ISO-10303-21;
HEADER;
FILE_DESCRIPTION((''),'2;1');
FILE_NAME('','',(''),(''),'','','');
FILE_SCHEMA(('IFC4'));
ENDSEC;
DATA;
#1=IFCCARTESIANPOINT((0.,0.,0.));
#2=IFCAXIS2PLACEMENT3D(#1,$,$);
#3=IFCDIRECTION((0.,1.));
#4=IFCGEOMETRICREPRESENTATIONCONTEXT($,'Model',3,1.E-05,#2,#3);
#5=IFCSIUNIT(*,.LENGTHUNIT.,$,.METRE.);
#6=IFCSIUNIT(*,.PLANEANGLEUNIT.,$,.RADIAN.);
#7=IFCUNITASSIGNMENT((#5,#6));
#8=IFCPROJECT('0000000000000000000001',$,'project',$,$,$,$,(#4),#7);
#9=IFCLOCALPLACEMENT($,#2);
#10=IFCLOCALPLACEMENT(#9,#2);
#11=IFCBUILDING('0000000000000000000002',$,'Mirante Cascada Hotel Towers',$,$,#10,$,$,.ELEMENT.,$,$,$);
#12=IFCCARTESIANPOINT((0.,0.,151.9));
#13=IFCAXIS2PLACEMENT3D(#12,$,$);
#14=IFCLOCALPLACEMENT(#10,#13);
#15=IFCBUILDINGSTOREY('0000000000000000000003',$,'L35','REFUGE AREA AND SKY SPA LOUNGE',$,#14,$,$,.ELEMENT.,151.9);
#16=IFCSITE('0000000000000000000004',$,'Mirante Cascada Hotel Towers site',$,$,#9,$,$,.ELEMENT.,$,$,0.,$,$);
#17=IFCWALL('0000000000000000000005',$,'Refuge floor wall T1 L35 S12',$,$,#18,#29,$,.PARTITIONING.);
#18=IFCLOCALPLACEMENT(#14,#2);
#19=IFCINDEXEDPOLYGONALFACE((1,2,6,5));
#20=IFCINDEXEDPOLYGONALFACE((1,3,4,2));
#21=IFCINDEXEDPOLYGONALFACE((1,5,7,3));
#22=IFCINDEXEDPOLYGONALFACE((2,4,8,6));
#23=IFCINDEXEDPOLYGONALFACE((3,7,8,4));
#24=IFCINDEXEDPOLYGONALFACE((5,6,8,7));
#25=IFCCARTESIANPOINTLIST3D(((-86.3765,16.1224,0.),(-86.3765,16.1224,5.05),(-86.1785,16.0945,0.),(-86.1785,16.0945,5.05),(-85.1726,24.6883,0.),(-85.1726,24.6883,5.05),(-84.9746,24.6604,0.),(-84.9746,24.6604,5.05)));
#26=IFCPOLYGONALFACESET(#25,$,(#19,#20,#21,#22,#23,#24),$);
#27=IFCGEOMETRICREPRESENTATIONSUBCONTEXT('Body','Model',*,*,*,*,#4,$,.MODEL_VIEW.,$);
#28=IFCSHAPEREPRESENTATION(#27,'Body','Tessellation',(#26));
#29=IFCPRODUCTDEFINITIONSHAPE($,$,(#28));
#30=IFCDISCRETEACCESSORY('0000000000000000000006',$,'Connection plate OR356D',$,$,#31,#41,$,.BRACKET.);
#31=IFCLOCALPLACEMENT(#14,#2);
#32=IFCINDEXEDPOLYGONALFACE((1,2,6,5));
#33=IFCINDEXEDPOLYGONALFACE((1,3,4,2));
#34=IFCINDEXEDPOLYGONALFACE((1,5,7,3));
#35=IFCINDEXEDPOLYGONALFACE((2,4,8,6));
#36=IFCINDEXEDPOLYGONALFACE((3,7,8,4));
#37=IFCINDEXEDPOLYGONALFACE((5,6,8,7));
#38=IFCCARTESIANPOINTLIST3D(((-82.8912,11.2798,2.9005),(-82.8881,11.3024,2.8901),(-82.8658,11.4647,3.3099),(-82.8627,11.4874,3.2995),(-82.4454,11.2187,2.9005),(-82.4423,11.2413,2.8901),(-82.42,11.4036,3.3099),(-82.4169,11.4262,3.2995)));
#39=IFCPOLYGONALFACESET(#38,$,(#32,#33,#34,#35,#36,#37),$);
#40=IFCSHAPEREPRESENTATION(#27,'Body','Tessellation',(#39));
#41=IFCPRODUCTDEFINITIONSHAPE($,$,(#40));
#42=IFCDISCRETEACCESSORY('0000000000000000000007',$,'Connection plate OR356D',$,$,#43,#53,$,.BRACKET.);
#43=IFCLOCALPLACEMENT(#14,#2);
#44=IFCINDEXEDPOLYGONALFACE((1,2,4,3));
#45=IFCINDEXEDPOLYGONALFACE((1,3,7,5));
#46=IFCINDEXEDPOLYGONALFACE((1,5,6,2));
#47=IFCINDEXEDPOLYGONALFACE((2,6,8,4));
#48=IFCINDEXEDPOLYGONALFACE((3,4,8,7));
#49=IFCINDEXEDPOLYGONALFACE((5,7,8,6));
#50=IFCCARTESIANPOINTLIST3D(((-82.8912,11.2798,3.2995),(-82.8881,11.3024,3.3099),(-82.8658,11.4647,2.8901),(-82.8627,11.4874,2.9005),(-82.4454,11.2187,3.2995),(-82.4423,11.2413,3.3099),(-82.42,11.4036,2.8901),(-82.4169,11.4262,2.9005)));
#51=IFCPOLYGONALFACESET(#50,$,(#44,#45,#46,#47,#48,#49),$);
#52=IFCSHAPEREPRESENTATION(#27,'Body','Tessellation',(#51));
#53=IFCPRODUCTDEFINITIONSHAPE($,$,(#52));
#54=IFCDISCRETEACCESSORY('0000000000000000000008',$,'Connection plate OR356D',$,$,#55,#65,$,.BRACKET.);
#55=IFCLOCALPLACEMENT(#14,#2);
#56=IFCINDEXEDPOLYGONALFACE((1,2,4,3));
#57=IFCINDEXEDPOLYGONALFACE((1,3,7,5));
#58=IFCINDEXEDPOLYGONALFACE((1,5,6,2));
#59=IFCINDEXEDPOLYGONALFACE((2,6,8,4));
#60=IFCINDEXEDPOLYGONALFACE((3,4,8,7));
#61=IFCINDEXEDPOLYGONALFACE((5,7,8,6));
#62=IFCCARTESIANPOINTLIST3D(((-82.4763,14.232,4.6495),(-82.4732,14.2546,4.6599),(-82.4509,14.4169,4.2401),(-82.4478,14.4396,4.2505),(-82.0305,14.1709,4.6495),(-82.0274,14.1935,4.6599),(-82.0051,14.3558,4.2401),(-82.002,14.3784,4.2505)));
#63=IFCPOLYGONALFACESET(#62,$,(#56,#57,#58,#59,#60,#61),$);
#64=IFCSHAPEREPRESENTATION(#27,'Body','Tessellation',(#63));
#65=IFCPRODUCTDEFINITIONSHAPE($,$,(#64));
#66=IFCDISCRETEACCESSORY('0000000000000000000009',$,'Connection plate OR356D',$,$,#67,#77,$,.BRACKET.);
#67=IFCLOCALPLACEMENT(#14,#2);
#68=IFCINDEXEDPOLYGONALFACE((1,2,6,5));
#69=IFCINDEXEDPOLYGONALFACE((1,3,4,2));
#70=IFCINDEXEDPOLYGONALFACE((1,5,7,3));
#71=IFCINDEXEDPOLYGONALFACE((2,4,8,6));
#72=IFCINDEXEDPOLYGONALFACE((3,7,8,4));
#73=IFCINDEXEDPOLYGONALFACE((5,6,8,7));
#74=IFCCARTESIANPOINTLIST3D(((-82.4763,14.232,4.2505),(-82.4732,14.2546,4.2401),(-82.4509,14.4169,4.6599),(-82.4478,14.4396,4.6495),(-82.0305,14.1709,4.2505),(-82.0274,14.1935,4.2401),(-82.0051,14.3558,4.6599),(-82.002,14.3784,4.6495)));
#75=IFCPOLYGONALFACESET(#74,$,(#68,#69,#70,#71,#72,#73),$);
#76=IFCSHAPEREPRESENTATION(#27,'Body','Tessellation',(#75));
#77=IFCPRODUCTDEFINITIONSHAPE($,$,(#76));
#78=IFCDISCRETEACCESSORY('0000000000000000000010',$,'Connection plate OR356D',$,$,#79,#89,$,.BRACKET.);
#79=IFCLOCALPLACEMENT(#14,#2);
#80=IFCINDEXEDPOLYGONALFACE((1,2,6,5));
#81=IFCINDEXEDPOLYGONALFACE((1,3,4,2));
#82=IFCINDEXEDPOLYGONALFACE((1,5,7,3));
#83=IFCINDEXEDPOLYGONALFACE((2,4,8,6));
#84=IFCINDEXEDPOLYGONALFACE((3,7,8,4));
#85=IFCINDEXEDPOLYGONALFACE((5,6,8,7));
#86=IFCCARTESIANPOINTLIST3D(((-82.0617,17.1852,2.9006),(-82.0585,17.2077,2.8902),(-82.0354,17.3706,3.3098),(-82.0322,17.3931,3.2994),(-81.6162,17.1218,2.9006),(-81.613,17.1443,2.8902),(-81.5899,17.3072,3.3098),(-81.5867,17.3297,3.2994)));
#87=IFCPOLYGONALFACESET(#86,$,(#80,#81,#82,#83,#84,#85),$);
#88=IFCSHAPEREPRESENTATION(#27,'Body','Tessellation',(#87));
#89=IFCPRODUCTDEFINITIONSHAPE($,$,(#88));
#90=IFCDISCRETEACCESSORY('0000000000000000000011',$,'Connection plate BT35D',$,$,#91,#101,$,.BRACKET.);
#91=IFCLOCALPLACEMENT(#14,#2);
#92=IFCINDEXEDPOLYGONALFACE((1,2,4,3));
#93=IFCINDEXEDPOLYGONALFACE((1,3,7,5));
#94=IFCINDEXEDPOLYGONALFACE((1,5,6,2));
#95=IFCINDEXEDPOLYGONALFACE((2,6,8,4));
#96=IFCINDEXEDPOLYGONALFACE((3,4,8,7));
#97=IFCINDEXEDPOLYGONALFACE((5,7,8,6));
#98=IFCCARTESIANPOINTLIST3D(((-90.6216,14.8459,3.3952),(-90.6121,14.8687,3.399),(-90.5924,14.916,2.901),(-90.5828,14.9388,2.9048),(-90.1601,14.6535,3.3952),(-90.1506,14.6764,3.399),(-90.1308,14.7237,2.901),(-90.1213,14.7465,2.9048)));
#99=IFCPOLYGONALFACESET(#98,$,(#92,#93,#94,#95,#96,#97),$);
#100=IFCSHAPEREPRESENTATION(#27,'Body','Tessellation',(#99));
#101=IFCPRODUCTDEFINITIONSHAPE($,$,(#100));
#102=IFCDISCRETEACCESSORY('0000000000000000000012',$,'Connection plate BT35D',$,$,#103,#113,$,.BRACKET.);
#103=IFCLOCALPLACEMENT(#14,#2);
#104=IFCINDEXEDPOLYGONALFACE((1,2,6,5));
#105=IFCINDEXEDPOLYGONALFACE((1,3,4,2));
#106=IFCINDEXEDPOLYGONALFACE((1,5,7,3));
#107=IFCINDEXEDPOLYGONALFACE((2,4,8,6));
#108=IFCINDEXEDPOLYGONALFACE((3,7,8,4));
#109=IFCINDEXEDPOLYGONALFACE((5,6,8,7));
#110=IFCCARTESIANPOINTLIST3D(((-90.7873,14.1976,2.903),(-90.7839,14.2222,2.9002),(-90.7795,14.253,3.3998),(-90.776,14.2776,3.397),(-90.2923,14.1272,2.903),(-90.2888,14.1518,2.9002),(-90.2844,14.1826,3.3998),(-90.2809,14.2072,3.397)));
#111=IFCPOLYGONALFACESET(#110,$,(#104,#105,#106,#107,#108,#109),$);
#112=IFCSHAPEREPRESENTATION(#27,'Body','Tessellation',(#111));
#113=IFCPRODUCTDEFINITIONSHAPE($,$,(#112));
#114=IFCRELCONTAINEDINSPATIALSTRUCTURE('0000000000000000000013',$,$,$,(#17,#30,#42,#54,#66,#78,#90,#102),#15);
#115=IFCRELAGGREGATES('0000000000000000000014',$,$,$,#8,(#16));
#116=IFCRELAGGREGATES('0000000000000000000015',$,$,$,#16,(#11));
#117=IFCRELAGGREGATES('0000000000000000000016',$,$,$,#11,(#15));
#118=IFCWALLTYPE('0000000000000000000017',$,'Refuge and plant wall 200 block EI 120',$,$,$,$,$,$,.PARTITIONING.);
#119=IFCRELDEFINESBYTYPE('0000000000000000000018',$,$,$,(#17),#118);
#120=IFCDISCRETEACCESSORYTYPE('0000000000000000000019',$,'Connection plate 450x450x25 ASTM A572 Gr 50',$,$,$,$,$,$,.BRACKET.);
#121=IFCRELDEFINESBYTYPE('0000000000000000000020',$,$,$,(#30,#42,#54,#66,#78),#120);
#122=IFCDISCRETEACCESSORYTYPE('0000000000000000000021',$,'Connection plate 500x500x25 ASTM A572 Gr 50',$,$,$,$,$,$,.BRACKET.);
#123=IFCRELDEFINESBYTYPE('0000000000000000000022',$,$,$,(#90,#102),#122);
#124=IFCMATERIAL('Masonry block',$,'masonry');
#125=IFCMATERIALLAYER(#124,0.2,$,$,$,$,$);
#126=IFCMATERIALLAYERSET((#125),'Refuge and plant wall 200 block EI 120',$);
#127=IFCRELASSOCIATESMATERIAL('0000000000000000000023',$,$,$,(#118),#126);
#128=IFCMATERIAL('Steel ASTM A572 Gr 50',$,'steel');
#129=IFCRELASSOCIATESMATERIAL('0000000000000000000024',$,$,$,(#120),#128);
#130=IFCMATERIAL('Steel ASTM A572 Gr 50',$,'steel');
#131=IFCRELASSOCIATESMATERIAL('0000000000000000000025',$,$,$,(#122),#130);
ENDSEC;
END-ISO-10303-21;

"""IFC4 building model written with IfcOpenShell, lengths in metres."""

from ifc_helpers import new_model, si_unit, direction, frame, frame_2d, origin, origin_2d, place, context, subcontext, project, spatial, rectangle, extrude, material, layer, layer_set, material_profile, profile_set, type_object, element, save


model = new_model("IFC4")

# Units and contexts
model_context = context("Model", 3, precision=1e-05, world=origin(), true_north=direction((0.0, 1.0)))
body_context = subcontext(model_context, "Body", "Model", "MODEL_VIEW")
ifc_project = project(units=[si_unit("LENGTHUNIT", "METRE"), si_unit("PLANEANGLEUNIT", "RADIAN")], contexts=[model_context])

# Site, building, storey
site_placement = place(None, origin())
site = spatial("IfcSite", under=ifc_project, at=site_placement, Name="Mirante Cascada Hotel Towers site", CompositionType="ELEMENT", RefElevation=0.0)
building_placement = place(site_placement, origin())
building = spatial("IfcBuilding", under=site, at=building_placement, Name="Mirante Cascada Hotel Towers", CompositionType="ELEMENT")
storey_placement = place(building_placement, frame((0.0, 0.0, 151.9)))
storey = spatial("IfcBuildingStorey", under=building, at=storey_placement, Name="L35", Description="REFUGE AREA AND SKY SPA LOUNGE", CompositionType="ELEMENT", Elevation=151.9)

# Wall
ifc_material_1 = material(Name="Masonry block", Category="masonry")
ifc_layer_1 = layer(ifc_material_1, 0.2)
ifc_layer_set_1 = layer_set([ifc_layer_1], Name="Refuge and plant wall 200 block EI 120")
wall_type = type_object("IfcWallType", Name="Refuge and plant wall 200 block EI 120", PredefinedType="PARTITIONING", material=ifc_layer_set_1)
wall_1_placement = place(storey_placement, frame((-86.2775, 16.1085, 0.0), z_axis=(0.0, 0.0, 1.0), x_axis=(0.139178, 0.990267, 0.0)))
element("IfcWall", 1, at=wall_1_placement, inside=storey, type_object=wall_type, Name="Refuge floor wall T1 L35 S12", PredefinedType="PARTITIONING", context=body_context, shape_type="SweptSolid", body=[
    extrude(rectangle(XDim=8.6501, YDim=0.2, at=frame_2d((4.325, 0.0))), origin(), (0.0, 0.0, 1.0), 5.05),
])

# Discrete accessories
ifc_material_2 = material(Name="Steel ASTM A572 Gr 50", Category="steel")
ifc_material_profile_1 = material_profile(ifc_material_2, rectangle(XDim=0.45, YDim=0.45, at=origin_2d()), Name="Connection plate 450x450x25 ASTM A572 Gr 50")
ifc_profile_set_1 = profile_set([ifc_material_profile_1], Name="Steel ASTM A572 Gr 50")
discrete_accessory_type_1 = type_object("IfcDiscreteAccessoryType", Name="Connection plate 450x450x25 ASTM A572 Gr 50", PredefinedType="BRACKET", material=ifc_profile_set_1)
for number, where, z_axis, x_axis, name in (
    (2, (-82.6556, 11.3417, 3.1052), (0.123651, 0.901458, -0.41483), (-0.990723, 0.135896, 0.0), "Connection plate OR356D"),
    (3, (-82.6556, 11.3417, 3.0948), (0.123651, 0.901458, 0.41483), (-0.990723, 0.135896, 0.0), "Connection plate OR356D"),
    (4, (-82.2407, 14.2939, 4.4448), (0.123651, 0.901458, 0.41483), (-0.990723, 0.135896, 0.0), "Connection plate OR356D"),
    (5, (-82.2407, 14.2939, 4.4552), (0.123651, 0.901458, -0.41483), (-0.990723, 0.135896, 0.0), "Connection plate OR356D"),
):
    element("IfcDiscreteAccessory", number, at=place(storey_placement, frame(where, z_axis=z_axis, x_axis=x_axis)), inside=storey, type_object=discrete_accessory_type_1, Name=name, PredefinedType="BRACKET", context=body_context, shape_type="SweptSolid", body=[
        extrude(rectangle(XDim=0.45, YDim=0.45, at=origin_2d()), origin(), (0.0, 0.0, 1.0), 0.0251),
    ])
discrete_accessory_placement = place(storey_placement, frame((-81.8258, 17.2462, 3.1052), z_axis=(0.128036, 0.900252, -0.416117), x_axis=(-0.990037, 0.140805, 0.0)))
element("IfcDiscreteAccessory", 6, at=discrete_accessory_placement, inside=storey, type_object=discrete_accessory_type_1, Name="Connection plate OR356D", PredefinedType="BRACKET", context=body_context, shape_type="SweptSolid", body=[
    extrude(rectangle(XDim=0.45, YDim=0.45, at=origin_2d()), origin(), (0.0, 0.0, 1.0), 0.025),
])
ifc_material_3 = material(Name="Steel ASTM A572 Gr 50", Category="steel")
ifc_material_profile_2 = material_profile(ifc_material_3, rectangle(XDim=0.5, YDim=0.5, at=origin_2d()), Name="Connection plate 500x500x25 ASTM A572 Gr 50")
ifc_profile_set_2 = profile_set([ifc_material_profile_2], Name="Steel ASTM A572 Gr 50")
discrete_accessory_type_2 = type_object("IfcDiscreteAccessoryType", Name="Connection plate 500x500x25 ASTM A572 Gr 50", PredefinedType="BRACKET", material=ifc_profile_set_2)
for number, where, z_axis, x_axis, name in (
    (7, (-90.3667, 14.8076, 3.1519), (-0.380143, -0.912343, -0.152057), (0.923077, -0.384615, 0.0), "Connection plate BT35D"),
    (8, (-90.5324, 14.2147, 3.1486), (-0.139972, -0.983803, 0.111978), (0.99003, -0.140858, 0.0), "Connection plate BT35D"),
):
    element("IfcDiscreteAccessory", number, at=place(storey_placement, frame(where, z_axis=z_axis, x_axis=x_axis)), inside=storey, type_object=discrete_accessory_type_2, Name=name, PredefinedType="BRACKET", context=body_context, shape_type="SweptSolid", body=[
        extrude(rectangle(XDim=0.5, YDim=0.5, at=origin_2d()), origin(), (0.0, 0.0, 1.0), 0.025),
    ])

save(model, "model.ifc")
